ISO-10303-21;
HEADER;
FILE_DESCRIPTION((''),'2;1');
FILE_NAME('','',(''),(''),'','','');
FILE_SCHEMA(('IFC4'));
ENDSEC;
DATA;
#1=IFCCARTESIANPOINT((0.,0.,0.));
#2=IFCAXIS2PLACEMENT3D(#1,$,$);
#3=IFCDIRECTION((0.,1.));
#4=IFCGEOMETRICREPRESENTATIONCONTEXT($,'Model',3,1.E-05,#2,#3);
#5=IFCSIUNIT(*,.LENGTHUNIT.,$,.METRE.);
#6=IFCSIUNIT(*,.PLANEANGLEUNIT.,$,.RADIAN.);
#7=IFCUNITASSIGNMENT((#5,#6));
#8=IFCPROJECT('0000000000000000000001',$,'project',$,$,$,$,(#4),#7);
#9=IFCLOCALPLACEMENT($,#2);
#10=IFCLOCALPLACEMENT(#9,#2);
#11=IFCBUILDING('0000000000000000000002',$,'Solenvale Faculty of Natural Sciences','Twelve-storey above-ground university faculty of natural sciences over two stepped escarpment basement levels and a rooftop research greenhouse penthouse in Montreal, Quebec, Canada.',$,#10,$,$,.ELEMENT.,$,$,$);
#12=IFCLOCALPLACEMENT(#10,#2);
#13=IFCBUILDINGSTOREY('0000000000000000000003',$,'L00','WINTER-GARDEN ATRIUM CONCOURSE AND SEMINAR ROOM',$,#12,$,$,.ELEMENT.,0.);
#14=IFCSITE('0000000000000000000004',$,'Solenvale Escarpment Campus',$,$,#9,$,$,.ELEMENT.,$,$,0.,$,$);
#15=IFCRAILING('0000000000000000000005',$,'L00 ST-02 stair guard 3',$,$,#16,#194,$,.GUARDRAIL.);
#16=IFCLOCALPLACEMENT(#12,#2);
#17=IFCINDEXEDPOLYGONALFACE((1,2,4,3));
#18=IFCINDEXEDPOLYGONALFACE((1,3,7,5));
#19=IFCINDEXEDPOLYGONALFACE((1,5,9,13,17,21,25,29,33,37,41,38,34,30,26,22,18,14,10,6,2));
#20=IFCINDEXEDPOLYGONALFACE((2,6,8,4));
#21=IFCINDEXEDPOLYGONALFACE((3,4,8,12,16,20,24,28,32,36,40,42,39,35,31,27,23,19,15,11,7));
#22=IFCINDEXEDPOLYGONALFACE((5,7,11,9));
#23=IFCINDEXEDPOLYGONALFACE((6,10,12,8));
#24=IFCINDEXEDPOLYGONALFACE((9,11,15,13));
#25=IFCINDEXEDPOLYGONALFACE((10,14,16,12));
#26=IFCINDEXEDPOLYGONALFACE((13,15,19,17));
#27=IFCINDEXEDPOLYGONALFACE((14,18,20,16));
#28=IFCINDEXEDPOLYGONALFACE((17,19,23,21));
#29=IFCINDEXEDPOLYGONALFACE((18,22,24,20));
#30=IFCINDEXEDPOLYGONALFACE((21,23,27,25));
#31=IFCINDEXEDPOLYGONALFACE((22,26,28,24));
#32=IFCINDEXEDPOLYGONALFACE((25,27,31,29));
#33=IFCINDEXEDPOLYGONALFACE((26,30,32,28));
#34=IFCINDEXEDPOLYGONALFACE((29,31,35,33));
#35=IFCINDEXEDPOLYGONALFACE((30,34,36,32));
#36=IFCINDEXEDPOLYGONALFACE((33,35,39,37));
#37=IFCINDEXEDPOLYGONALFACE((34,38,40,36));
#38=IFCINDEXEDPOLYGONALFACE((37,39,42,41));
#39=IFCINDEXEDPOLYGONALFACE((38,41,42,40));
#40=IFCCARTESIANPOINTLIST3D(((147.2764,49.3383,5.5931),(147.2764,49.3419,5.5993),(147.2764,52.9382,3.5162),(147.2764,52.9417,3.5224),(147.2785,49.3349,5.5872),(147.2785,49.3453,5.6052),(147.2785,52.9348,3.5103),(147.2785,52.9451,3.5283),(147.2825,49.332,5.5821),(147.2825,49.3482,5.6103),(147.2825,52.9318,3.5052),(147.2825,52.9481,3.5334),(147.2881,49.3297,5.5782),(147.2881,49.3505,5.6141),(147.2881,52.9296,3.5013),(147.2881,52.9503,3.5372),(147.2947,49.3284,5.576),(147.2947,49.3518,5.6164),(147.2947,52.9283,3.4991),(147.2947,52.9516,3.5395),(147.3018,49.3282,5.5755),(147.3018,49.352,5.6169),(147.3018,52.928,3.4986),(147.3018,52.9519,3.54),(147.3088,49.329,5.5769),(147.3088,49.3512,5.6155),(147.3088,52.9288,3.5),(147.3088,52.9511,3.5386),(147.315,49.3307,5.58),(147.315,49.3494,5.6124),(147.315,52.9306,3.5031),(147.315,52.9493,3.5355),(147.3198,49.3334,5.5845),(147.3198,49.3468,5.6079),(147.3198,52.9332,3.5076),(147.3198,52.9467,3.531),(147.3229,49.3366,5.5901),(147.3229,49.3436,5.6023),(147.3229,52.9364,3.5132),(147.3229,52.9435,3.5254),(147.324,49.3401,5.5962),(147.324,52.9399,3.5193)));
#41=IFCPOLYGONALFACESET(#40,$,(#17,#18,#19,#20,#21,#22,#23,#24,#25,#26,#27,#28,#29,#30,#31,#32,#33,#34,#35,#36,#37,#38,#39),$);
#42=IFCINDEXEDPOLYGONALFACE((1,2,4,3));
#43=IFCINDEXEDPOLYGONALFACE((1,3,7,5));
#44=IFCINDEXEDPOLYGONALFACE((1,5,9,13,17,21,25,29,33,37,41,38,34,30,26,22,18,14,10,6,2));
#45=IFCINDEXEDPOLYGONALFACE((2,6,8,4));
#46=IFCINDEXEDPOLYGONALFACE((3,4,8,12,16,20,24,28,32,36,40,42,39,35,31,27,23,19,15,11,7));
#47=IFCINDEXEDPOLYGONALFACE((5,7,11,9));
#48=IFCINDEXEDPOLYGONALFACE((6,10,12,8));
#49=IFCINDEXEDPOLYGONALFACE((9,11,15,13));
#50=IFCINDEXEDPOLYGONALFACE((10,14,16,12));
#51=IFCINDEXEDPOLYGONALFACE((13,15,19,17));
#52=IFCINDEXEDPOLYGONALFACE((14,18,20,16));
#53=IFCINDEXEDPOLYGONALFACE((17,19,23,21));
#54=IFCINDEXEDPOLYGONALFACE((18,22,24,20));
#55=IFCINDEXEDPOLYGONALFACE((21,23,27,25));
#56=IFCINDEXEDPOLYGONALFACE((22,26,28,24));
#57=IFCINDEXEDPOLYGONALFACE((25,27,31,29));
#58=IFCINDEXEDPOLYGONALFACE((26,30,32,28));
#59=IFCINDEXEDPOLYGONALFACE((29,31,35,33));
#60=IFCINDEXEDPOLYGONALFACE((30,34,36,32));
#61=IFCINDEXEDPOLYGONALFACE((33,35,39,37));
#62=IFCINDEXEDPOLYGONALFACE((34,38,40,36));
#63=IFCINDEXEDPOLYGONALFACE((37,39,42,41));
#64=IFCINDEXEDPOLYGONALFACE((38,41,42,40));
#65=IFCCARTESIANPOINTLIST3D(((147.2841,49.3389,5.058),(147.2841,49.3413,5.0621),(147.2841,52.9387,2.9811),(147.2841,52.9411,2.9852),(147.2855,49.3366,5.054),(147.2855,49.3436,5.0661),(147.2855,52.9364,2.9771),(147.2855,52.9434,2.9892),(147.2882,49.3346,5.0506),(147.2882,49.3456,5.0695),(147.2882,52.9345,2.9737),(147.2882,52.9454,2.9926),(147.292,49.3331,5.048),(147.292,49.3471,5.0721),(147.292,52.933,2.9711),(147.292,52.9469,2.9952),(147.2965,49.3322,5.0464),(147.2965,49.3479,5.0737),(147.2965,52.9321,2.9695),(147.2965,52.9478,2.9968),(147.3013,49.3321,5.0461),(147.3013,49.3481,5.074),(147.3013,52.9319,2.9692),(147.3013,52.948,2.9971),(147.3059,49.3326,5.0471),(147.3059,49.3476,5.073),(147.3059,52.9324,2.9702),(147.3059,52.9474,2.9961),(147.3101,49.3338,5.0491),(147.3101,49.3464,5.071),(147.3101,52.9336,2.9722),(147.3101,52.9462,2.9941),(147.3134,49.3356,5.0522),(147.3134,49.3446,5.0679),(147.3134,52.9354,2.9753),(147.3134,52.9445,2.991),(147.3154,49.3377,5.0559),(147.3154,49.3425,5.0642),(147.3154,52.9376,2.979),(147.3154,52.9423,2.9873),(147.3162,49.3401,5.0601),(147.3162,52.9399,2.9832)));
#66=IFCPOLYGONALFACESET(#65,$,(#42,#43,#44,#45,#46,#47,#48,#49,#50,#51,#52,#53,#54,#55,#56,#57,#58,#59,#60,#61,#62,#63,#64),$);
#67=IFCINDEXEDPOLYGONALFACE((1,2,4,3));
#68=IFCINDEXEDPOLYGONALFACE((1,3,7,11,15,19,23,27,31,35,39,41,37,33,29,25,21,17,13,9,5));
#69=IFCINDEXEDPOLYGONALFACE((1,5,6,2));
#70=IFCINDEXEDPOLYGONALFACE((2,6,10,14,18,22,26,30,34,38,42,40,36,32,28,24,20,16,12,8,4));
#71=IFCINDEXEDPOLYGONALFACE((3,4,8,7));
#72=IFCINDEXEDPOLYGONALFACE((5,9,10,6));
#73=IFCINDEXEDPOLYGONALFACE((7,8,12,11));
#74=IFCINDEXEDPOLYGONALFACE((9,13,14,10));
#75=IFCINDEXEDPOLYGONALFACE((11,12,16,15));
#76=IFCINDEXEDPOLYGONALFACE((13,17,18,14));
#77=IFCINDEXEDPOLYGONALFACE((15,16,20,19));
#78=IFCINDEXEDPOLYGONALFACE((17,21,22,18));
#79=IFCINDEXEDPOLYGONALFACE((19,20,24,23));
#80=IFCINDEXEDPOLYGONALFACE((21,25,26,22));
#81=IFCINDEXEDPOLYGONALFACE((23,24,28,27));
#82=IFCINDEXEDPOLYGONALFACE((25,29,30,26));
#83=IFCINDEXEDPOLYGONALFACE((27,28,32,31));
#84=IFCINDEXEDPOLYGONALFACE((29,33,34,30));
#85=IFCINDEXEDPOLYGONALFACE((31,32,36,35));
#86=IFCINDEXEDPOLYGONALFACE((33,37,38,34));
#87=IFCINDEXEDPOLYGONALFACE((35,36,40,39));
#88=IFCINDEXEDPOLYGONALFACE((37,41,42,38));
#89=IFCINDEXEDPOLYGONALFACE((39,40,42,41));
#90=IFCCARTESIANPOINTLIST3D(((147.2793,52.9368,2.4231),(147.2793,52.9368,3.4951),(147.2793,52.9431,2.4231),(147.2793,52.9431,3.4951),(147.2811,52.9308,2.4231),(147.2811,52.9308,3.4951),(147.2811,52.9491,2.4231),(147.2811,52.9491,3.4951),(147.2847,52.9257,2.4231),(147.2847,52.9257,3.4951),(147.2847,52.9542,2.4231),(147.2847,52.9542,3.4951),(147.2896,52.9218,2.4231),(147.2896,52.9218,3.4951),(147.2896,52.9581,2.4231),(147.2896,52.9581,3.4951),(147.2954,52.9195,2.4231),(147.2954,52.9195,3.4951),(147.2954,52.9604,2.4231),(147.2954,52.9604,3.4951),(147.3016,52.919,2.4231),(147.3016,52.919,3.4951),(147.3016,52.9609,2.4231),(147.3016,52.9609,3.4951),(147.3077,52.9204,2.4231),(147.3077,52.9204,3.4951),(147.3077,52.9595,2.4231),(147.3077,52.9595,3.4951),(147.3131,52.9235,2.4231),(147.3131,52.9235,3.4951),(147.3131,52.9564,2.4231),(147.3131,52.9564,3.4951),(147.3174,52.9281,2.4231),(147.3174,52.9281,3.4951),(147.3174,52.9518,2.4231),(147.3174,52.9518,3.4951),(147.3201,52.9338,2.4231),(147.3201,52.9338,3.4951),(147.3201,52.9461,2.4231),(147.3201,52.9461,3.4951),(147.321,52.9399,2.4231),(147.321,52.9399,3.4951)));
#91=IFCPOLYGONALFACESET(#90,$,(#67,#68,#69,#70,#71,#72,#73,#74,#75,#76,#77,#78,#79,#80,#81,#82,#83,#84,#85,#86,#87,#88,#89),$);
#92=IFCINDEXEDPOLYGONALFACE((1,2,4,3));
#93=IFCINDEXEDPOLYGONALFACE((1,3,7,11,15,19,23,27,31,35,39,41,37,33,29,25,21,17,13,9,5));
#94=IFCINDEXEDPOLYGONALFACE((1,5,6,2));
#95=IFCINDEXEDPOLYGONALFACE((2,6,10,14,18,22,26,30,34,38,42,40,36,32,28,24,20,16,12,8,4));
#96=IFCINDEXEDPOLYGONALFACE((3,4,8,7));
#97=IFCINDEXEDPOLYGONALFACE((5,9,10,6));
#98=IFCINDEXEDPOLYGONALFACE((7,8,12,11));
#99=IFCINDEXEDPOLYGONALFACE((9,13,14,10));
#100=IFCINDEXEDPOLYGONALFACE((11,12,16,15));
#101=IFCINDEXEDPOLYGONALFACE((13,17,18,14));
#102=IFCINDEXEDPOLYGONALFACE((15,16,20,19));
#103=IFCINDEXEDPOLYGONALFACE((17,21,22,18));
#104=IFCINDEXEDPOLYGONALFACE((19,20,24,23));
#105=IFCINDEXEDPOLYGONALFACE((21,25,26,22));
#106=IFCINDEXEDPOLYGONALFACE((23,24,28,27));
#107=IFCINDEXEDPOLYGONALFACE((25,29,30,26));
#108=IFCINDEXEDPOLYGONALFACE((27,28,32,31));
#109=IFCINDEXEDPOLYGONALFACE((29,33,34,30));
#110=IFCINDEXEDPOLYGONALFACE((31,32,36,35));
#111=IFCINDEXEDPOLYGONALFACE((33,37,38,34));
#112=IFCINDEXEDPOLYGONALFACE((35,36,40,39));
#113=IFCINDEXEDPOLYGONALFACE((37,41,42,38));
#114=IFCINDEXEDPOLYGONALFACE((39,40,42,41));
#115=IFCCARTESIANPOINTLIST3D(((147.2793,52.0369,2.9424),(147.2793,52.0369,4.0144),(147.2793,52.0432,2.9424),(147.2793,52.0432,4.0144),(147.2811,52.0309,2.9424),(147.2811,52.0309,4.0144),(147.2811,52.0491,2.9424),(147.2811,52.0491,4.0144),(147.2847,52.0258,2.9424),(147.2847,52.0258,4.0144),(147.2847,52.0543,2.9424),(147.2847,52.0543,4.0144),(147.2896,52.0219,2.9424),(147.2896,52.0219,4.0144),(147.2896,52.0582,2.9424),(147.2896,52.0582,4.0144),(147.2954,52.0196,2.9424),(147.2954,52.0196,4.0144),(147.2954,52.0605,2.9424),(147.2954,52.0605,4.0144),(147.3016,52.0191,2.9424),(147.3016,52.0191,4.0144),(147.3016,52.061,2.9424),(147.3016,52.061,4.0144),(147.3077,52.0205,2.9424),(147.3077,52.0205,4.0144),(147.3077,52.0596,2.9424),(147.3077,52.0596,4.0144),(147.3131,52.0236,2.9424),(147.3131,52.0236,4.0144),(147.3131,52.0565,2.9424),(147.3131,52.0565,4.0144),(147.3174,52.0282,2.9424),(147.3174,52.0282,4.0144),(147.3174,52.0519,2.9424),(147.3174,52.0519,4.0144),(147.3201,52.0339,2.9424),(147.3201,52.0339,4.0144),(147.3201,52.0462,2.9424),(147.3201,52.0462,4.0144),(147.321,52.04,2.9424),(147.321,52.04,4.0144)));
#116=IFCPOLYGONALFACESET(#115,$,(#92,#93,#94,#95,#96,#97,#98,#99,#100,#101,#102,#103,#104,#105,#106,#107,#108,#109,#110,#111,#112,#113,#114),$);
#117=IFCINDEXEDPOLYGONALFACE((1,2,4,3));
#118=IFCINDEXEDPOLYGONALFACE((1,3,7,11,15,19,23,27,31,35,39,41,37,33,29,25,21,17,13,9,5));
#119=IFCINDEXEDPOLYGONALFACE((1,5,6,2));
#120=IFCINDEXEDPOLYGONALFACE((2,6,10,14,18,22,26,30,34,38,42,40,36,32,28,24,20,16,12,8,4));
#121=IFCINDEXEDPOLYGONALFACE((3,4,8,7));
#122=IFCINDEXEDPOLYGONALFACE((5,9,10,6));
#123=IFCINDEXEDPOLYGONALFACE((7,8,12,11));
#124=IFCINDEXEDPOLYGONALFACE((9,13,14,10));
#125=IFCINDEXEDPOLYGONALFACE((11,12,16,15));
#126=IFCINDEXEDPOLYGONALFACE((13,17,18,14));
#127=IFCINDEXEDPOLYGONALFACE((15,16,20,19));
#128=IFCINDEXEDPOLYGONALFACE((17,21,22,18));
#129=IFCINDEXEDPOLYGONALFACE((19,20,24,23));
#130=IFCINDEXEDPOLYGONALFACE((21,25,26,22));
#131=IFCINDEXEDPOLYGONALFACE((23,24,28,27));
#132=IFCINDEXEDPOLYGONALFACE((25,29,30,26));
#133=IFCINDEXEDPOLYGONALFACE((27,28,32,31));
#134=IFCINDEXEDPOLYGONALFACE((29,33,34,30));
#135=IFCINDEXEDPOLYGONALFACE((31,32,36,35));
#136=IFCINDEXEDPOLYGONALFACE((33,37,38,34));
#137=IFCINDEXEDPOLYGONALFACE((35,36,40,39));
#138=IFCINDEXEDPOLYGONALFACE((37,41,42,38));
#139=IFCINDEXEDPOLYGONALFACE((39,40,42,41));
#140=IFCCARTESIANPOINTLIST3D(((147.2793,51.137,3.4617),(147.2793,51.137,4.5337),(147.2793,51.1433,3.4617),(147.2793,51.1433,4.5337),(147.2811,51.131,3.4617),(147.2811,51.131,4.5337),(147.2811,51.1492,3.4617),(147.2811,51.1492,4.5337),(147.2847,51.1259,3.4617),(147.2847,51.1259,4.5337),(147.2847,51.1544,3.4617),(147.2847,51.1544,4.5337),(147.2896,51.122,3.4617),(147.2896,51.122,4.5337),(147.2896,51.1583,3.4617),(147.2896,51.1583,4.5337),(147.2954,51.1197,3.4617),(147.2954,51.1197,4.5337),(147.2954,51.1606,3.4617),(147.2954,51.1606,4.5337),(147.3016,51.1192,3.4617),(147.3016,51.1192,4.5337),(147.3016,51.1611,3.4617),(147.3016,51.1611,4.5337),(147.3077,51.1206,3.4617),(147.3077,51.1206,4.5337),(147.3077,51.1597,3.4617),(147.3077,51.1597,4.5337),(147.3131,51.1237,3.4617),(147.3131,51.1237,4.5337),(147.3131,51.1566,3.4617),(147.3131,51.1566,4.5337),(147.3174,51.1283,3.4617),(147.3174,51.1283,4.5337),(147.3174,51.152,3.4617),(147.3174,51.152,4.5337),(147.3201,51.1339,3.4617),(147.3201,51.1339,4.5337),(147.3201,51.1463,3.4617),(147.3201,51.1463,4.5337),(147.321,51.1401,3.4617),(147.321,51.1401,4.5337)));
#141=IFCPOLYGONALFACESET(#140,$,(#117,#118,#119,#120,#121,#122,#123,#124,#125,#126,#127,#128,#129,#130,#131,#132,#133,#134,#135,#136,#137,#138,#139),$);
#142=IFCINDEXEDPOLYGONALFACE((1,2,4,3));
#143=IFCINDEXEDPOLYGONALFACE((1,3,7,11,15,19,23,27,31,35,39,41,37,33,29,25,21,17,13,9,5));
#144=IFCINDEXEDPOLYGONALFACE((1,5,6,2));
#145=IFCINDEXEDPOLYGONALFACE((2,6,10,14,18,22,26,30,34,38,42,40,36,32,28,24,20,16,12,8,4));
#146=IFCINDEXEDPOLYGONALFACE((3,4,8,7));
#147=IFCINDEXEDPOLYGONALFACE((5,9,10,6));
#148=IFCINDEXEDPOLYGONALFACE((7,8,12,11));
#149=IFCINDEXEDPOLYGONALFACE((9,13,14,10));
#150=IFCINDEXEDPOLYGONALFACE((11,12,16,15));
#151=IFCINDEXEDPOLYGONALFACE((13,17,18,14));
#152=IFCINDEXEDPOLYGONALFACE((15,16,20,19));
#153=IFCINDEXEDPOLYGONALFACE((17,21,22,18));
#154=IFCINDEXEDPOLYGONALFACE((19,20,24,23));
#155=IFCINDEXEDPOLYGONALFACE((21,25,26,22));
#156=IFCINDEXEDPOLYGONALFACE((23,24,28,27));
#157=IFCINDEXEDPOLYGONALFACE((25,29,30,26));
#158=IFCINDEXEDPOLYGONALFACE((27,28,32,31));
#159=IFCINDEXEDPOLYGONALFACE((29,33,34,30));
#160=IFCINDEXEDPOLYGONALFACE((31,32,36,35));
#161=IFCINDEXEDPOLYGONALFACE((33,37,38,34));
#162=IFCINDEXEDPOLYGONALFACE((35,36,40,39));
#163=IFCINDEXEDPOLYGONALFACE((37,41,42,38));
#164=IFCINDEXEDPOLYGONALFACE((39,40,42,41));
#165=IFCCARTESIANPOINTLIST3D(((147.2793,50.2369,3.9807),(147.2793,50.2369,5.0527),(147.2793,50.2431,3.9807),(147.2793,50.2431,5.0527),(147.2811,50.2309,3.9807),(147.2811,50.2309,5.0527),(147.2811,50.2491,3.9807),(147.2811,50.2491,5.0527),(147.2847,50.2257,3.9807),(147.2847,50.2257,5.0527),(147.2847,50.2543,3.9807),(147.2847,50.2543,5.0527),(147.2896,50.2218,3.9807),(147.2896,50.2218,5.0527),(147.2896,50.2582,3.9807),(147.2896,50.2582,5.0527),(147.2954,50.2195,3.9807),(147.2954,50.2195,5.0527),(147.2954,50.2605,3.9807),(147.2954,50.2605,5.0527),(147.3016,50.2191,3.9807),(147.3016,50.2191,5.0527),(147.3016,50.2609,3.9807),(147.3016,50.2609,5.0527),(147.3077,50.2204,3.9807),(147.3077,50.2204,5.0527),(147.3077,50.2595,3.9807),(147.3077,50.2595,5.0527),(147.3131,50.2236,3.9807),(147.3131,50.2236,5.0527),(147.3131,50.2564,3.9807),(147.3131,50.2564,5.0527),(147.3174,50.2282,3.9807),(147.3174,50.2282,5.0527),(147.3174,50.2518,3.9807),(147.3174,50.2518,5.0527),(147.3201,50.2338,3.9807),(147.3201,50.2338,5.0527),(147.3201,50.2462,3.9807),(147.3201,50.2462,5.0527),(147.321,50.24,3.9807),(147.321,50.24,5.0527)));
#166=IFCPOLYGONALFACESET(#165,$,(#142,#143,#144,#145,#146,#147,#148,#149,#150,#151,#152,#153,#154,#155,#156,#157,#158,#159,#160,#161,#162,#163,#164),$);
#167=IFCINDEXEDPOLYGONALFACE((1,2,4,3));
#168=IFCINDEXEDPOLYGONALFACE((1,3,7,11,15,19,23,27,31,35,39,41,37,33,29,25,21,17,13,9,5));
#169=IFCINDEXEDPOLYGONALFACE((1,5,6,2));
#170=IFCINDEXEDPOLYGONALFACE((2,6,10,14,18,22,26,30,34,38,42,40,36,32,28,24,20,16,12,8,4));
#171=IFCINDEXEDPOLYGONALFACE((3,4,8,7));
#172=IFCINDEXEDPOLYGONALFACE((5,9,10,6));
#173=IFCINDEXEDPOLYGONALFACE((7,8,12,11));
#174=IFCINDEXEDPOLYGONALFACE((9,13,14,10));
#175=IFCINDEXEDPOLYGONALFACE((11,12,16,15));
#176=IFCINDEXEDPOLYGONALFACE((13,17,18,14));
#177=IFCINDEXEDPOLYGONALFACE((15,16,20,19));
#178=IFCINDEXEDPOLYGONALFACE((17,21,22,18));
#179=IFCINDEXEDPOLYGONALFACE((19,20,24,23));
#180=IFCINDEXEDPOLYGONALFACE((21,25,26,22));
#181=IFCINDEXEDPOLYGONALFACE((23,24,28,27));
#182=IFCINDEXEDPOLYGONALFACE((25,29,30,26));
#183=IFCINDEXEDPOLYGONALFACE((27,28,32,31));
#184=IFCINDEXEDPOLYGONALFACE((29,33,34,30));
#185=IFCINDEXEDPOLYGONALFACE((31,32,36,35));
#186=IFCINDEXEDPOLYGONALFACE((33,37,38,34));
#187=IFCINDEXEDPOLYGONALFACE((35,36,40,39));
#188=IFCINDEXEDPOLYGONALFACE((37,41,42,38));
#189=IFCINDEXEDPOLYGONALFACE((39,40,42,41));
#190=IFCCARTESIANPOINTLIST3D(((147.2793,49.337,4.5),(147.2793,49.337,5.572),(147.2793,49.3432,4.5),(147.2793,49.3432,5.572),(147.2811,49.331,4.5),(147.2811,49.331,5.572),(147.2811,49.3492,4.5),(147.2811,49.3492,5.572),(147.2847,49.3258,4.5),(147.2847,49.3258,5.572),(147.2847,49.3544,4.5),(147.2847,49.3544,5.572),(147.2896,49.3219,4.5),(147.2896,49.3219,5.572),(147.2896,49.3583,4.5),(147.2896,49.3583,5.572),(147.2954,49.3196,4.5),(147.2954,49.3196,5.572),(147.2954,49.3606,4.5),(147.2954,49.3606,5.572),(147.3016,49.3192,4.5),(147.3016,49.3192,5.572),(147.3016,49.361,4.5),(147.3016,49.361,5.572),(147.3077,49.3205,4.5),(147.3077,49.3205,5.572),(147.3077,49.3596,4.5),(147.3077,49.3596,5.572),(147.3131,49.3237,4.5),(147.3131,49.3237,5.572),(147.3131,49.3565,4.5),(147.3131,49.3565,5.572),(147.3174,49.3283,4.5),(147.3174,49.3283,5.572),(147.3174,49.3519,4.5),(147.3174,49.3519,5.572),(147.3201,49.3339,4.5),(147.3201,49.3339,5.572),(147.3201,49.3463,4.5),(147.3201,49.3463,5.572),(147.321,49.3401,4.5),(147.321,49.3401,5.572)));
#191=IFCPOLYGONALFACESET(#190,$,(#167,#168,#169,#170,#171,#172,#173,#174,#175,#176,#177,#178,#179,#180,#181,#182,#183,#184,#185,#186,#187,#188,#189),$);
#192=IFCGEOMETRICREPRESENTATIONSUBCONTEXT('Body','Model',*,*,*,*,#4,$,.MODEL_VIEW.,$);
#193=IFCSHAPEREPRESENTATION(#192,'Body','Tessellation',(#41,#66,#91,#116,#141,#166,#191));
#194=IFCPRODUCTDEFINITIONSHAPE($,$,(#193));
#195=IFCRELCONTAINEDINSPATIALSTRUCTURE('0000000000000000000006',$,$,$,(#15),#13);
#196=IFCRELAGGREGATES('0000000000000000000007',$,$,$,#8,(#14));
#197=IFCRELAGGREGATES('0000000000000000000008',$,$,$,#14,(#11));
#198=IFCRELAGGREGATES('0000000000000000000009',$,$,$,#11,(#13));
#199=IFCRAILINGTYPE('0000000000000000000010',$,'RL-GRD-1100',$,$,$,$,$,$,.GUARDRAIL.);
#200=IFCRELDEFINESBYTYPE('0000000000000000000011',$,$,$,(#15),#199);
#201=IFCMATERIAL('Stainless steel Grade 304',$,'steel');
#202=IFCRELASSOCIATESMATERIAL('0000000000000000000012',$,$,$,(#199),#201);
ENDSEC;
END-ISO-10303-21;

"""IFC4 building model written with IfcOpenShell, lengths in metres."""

from ifc_helpers import new_model, si_unit, direction, frame, origin, origin_2d, place, context, subcontext, project, spatial, circle, extrude, material, type_object, element, save


model = new_model("IFC4")

# Units and contexts
model_context = context("Model", 3, precision=1e-05, world=origin(), true_north=direction((0.0, 1.0)))
body_context = subcontext(model_context, "Body", "Model", "MODEL_VIEW")
ifc_project = project(units=[si_unit("LENGTHUNIT", "METRE"), si_unit("PLANEANGLEUNIT", "RADIAN")], contexts=[model_context])

# Site, building, storey
site_placement = place(None, origin())
site = spatial("IfcSite", under=ifc_project, at=site_placement, Name="Solenvale Escarpment Campus", CompositionType="ELEMENT", RefElevation=0.0)
building_placement = place(site_placement, origin())
building = spatial("IfcBuilding", under=site, at=building_placement, Name="Solenvale Faculty of Natural Sciences", Description="Twelve-storey above-ground university faculty of natural sciences over two stepped escarpment basement levels and a rooftop research greenhouse penthouse in Montreal, Quebec, Canada.", CompositionType="ELEMENT")
storey_placement = place(building_placement, origin())
storey = spatial("IfcBuildingStorey", under=building, at=storey_placement, Name="L00", Description="WINTER-GARDEN ATRIUM CONCOURSE AND SEMINAR ROOM", CompositionType="ELEMENT", Elevation=0.0)

# Shared definitions
ifc_material_1 = material(Name="Stainless steel Grade 304", Category="steel")

# Railing
railing_type_1 = type_object("IfcRailingType", Name="RL-GRD-1100", PredefinedType="GUARDRAIL", material=ifc_material_1)
railing_1_placement = place(storey_placement, frame((147.3, 52.9399, 2.4231)))
element("IfcRailing", 1, at=railing_1_placement, inside=storey, type_object=railing_type_1, Name="L00 ST-02 stair guard 3", PredefinedType="GUARDRAIL", context=body_context, shape_type="SweptSolid", body=[
    extrude(circle(Radius=0.0239, at=origin_2d()), frame((0.0, 0.0, 1.0962), z_axis=(0.0, -0.866179, 0.499734), x_axis=(1.0, 0.0, 0.0)), (0.0, 0.0, 1.0), 4.156),
    extrude(circle(Radius=0.0161, at=origin_2d()), frame((0.0, 0.0, 0.5601), z_axis=(0.0, -0.866179, 0.499734), x_axis=(1.0, 0.0, 0.0)), (0.0, 0.0, 1.0), 4.156),
    extrude(circle(Radius=0.021, at=origin_2d()), origin(), (0.0, 0.0, 1.0), 1.072),
    extrude(circle(Radius=0.021, at=origin_2d()), frame((0.0, -0.8999, 0.5193)), (0.0, 0.0, 1.0), 1.072),
    extrude(circle(Radius=0.021, at=origin_2d()), frame((0.0, -1.7998, 1.0386)), (0.0, 0.0, 1.0), 1.072),
    extrude(circle(Radius=0.021, at=origin_2d()), frame((0.0, -2.7, 1.5576)), (0.0, 0.0, 1.0), 1.072),
    extrude(circle(Radius=0.021, at=origin_2d()), frame((0.0, -3.5999, 2.0769)), (0.0, 0.0, 1.0), 1.072),
])

save(model, "model.ifc")
